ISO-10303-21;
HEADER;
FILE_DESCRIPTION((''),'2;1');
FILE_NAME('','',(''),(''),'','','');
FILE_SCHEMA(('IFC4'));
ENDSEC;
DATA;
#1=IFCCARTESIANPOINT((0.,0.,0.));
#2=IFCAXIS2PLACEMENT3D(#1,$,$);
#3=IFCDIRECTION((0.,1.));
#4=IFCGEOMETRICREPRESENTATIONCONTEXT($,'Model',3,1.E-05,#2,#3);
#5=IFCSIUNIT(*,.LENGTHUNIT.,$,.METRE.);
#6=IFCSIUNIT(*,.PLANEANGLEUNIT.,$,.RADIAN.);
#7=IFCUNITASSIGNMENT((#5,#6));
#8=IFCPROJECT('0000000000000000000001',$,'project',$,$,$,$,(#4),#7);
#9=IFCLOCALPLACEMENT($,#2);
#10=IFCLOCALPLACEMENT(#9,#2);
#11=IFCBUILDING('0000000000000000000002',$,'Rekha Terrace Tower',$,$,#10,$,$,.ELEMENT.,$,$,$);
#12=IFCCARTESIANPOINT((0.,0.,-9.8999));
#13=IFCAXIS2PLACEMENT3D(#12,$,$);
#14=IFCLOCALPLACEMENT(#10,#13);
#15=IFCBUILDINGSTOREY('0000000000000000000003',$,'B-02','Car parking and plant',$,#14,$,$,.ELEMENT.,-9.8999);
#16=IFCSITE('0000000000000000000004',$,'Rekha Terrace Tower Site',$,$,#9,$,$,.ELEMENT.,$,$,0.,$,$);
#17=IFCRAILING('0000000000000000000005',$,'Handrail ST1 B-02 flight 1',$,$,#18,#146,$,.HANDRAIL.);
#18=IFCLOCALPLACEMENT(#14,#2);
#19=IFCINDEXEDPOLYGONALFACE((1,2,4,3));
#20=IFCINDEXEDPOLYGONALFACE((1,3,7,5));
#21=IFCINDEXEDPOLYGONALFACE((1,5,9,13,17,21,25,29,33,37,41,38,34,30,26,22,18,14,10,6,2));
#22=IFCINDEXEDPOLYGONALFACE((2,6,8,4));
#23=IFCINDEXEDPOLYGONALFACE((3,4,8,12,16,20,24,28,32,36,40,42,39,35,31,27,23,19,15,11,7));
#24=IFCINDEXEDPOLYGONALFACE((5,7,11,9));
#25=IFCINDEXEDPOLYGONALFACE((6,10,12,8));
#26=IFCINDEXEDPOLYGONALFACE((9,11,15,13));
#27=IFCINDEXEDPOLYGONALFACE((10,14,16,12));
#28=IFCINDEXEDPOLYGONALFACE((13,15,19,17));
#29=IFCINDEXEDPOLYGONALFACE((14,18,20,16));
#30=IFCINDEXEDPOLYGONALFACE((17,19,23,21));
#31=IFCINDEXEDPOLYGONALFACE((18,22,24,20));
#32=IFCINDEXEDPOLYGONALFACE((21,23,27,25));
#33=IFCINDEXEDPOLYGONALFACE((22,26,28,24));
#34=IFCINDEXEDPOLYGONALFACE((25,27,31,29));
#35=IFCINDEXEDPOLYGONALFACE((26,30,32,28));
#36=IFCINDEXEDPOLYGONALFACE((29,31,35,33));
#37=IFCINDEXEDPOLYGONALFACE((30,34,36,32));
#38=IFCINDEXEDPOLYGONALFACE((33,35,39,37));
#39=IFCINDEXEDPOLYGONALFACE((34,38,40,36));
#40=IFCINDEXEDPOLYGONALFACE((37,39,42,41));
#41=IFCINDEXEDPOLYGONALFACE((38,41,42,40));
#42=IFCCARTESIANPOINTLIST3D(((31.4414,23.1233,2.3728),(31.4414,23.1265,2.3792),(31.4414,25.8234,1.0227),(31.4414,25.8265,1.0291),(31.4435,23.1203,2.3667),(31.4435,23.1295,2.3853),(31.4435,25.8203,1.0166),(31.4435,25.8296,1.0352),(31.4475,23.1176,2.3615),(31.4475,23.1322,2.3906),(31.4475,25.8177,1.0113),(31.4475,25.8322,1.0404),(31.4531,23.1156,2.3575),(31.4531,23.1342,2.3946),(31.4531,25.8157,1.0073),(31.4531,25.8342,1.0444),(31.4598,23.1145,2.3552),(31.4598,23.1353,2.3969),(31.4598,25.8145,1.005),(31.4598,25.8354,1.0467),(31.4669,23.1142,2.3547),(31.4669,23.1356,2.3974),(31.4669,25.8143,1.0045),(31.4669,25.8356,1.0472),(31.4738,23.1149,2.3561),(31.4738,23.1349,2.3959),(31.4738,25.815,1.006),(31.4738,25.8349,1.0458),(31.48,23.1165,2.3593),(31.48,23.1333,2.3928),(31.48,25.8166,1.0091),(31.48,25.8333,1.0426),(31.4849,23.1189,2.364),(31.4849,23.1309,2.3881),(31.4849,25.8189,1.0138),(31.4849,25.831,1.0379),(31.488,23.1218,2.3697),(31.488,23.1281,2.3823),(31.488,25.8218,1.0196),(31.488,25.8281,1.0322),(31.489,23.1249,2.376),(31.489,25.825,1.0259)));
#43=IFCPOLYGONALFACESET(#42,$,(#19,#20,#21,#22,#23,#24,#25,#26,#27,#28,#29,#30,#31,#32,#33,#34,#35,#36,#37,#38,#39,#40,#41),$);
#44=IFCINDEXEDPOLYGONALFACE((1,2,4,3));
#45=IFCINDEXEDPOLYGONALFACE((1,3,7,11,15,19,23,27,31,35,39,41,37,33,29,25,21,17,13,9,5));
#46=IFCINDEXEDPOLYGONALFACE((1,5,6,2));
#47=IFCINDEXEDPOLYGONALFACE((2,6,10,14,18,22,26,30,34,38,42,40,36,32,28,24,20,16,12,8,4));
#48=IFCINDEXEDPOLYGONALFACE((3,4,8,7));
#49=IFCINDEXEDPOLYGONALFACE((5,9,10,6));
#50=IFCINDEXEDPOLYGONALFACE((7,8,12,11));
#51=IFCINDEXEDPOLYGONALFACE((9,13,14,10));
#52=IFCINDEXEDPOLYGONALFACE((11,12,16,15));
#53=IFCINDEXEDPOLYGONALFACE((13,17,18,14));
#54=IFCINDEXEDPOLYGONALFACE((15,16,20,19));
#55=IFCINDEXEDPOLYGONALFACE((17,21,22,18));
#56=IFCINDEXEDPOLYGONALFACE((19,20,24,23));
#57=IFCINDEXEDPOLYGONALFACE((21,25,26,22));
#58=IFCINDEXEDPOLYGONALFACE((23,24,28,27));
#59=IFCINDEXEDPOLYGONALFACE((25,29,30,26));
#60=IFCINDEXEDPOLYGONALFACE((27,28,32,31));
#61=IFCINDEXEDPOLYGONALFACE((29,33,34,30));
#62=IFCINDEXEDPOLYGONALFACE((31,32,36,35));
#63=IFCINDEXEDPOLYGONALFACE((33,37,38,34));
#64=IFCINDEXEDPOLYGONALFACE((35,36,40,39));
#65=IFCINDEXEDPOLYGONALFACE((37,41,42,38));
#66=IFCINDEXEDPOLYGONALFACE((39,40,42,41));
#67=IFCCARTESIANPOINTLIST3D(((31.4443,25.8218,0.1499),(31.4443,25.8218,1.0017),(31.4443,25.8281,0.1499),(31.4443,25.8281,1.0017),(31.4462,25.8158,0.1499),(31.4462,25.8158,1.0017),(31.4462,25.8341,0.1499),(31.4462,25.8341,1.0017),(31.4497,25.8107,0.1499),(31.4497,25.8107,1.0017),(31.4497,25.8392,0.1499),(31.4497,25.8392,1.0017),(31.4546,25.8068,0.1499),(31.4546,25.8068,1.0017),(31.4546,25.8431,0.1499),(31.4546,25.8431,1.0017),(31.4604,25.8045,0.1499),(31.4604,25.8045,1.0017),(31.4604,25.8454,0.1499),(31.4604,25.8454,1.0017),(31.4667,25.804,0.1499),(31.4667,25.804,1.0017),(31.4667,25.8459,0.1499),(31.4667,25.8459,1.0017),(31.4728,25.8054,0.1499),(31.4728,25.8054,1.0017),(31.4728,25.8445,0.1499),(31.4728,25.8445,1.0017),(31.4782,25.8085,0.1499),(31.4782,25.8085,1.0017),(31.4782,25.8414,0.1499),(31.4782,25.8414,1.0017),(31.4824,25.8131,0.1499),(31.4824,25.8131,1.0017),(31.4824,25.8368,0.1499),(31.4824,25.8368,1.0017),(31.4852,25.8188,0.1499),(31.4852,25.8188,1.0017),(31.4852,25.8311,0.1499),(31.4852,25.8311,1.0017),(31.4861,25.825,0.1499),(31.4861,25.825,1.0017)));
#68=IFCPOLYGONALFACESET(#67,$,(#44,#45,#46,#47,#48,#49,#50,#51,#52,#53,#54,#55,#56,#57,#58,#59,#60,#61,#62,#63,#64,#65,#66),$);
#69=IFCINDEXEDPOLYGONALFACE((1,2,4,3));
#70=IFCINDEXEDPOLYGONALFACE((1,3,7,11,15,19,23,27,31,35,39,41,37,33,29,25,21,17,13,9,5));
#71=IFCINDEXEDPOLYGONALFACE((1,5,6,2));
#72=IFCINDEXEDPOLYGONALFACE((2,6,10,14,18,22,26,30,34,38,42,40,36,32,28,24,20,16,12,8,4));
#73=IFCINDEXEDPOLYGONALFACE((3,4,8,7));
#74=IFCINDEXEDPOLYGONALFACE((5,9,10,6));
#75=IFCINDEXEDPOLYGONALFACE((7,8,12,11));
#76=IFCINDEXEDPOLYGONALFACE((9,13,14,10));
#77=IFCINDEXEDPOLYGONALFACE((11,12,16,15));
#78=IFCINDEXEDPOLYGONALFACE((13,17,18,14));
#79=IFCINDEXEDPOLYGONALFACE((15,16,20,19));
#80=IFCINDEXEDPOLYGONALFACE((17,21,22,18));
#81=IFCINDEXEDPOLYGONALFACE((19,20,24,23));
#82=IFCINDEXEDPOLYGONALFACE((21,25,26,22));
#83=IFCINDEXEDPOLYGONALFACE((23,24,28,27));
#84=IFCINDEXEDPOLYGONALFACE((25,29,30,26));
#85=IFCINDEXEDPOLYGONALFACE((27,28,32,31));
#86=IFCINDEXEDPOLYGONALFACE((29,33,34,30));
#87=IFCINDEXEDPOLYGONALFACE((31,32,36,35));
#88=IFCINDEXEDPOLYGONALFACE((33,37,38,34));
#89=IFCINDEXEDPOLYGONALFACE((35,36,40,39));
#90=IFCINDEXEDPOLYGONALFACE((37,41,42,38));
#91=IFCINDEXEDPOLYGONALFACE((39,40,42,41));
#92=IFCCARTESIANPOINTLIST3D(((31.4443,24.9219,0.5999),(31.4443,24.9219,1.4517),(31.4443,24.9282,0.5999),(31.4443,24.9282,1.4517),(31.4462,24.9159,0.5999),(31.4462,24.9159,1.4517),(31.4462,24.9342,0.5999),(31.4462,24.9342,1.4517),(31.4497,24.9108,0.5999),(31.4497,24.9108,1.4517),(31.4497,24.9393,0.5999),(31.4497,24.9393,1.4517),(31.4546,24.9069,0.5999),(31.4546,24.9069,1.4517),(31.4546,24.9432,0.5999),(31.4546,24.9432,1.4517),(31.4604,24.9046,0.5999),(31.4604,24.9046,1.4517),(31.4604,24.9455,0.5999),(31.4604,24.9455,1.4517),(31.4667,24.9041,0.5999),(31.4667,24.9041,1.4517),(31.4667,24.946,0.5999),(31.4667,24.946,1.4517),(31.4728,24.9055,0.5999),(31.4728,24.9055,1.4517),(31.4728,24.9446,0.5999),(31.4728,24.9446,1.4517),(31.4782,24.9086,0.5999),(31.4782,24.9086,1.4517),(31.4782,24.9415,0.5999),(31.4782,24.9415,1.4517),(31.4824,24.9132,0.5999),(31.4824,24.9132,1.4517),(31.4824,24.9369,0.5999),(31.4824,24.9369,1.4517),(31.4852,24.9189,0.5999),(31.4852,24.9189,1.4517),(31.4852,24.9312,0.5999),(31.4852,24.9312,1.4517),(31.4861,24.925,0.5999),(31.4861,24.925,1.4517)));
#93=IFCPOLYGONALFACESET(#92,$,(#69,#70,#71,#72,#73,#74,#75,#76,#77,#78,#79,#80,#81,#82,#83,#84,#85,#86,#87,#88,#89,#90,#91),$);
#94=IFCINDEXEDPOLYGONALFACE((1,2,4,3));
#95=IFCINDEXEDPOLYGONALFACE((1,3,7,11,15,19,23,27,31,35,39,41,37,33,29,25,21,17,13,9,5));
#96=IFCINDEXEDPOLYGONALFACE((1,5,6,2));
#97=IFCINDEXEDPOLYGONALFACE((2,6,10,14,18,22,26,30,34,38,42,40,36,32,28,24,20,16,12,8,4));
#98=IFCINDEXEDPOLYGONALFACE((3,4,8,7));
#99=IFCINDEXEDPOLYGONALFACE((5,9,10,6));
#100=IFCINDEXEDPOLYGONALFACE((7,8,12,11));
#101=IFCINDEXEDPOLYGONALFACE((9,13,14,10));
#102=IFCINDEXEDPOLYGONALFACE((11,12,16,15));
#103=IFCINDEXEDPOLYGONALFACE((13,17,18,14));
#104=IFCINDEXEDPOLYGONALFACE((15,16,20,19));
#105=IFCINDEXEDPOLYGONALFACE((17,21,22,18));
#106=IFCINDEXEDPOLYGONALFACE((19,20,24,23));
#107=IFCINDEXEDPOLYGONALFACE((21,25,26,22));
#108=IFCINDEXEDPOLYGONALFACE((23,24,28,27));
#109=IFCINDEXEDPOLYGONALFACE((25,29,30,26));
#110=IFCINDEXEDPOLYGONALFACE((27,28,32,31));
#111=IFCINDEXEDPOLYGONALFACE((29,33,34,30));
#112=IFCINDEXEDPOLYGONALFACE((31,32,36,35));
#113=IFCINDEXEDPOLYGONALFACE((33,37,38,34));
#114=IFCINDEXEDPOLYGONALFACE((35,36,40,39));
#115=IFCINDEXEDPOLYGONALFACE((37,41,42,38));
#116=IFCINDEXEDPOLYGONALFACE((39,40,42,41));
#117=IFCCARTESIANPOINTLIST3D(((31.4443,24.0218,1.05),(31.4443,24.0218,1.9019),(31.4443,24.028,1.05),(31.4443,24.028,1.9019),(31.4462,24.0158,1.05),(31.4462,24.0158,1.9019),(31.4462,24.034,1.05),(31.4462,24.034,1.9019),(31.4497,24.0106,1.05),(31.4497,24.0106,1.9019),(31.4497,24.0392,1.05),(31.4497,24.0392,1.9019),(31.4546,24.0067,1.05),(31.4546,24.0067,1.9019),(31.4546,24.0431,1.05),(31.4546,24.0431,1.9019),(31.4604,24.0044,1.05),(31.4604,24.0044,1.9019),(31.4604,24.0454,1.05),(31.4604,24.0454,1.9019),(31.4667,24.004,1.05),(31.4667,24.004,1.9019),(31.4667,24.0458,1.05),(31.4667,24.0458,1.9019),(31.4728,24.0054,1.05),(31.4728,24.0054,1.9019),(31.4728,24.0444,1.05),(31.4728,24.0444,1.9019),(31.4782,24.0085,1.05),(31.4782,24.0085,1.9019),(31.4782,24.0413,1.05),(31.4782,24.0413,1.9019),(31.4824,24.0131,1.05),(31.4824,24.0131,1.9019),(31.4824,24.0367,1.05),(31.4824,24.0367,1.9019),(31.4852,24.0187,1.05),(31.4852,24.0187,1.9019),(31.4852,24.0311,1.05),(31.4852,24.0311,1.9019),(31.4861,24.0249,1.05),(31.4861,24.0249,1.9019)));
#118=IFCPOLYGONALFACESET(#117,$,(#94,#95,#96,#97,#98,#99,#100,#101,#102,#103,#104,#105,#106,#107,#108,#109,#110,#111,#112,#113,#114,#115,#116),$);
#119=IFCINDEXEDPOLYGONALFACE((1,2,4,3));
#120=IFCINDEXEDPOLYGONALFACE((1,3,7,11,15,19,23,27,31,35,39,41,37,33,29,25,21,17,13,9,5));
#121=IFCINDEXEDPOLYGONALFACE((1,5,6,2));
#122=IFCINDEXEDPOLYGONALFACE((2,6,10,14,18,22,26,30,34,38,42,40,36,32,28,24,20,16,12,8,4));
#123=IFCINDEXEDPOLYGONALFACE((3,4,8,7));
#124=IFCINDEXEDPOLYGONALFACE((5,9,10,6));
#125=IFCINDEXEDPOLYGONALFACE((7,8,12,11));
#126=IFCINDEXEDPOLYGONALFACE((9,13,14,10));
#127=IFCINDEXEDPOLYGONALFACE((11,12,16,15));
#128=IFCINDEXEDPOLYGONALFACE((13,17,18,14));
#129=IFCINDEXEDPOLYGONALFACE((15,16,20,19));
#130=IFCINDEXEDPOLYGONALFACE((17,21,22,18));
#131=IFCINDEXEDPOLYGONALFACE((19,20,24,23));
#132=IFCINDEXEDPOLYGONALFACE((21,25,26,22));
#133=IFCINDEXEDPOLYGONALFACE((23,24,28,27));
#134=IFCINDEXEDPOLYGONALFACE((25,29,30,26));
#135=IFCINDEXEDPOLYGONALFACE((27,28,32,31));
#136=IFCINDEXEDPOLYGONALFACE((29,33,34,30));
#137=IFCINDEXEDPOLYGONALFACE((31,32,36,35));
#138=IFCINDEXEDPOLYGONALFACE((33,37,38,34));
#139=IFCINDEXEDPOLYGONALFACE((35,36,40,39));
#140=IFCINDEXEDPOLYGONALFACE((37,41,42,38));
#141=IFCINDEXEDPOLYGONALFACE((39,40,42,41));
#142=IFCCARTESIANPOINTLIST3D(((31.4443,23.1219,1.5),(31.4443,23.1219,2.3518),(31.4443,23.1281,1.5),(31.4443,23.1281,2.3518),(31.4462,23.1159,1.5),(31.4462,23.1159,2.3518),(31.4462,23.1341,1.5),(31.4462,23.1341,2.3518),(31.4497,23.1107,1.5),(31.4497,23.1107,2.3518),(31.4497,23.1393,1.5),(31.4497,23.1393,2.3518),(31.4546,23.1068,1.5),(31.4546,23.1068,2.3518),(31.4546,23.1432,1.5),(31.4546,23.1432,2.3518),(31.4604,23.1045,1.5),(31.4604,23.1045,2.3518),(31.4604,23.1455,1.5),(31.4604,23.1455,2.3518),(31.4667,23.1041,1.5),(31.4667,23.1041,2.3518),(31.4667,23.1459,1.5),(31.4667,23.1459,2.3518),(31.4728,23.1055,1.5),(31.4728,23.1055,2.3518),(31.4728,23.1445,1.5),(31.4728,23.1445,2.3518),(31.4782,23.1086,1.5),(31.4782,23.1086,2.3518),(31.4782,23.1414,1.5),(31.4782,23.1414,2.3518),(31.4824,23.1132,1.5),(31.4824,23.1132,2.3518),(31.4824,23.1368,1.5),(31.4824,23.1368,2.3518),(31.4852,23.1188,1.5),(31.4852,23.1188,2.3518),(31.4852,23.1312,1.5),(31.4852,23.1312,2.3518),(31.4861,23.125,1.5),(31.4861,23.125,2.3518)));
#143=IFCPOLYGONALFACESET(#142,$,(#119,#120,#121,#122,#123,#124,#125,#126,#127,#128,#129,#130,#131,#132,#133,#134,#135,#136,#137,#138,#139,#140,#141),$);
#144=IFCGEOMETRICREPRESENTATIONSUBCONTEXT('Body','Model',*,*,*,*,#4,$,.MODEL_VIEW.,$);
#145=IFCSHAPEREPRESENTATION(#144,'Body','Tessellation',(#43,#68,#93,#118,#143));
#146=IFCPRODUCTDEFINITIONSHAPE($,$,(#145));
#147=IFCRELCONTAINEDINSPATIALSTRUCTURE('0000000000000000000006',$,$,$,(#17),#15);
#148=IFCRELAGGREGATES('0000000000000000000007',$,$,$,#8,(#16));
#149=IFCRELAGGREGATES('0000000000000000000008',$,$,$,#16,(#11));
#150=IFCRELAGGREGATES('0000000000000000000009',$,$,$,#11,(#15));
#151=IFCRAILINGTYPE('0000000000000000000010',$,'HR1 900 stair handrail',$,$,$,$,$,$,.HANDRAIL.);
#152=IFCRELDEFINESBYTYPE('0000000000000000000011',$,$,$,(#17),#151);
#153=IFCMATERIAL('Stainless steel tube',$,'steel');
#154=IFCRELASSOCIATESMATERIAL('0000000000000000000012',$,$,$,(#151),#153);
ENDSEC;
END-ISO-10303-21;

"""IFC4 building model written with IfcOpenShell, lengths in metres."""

from ifc_helpers import new_model, si_unit, direction, frame, origin, origin_2d, place, context, subcontext, project, spatial, circle, extrude, material, type_object, element, save


model = new_model("IFC4")

# Units and contexts
model_context = context("Model", 3, precision=1e-05, world=origin(), true_north=direction((0.0, 1.0)))
body_context = subcontext(model_context, "Body", "Model", "MODEL_VIEW")
ifc_project = project(units=[si_unit("LENGTHUNIT", "METRE"), si_unit("PLANEANGLEUNIT", "RADIAN")], contexts=[model_context])

# Site, building, storey
site_placement = place(None, origin())
site = spatial("IfcSite", under=ifc_project, at=site_placement, Name="Rekha Terrace Tower Site", CompositionType="ELEMENT", RefElevation=0.0)
building_placement = place(site_placement, origin())
building = spatial("IfcBuilding", under=site, at=building_placement, Name="Rekha Terrace Tower", CompositionType="ELEMENT")
storey_placement = place(building_placement, frame((0.0, 0.0, -9.8999)))
storey = spatial("IfcBuildingStorey", under=building, at=storey_placement, Name="B-02", Description="Car parking and plant", CompositionType="ELEMENT", Elevation=-9.8999)

# Railing
ifc_material_1 = material(Name="Stainless steel tube", Category="steel")
railing_type_1 = type_object("IfcRailingType", Name="HR1 900 stair handrail", PredefinedType="HANDRAIL", material=ifc_material_1)
railing_1_placement = place(storey_placement, frame((31.4651, 25.825, 0.1499)))
element("IfcRailing", 1, at=railing_1_placement, inside=storey, type_object=railing_type_1, Name="Handrail ST1 B-02 flight 1", PredefinedType="HANDRAIL", context=body_context, shape_type="SweptSolid", body=[
    extrude(circle(Radius=0.0239, at=origin_2d()), frame((0.0, 0.0, 0.876), z_axis=(0.0, -0.894411, 0.447246), x_axis=(1.0, 0.0, 0.0)), (0.0, 0.0, 1.0), 3.0188),
    extrude(circle(Radius=0.021, at=origin_2d()), origin(), (0.0, 0.0, 1.0), 0.8518),
    extrude(circle(Radius=0.021, at=origin_2d()), frame((0.0, -0.8999, 0.45)), (0.0, 0.0, 1.0), 0.8518),
    extrude(circle(Radius=0.021, at=origin_2d()), frame((0.0, -1.8, 0.9001)), (0.0, 0.0, 1.0), 0.8518),
    extrude(circle(Radius=0.021, at=origin_2d()), frame((0.0, -2.7, 1.3501)), (0.0, 0.0, 1.0), 0.8518),
])

save(model, "model.ifc")
